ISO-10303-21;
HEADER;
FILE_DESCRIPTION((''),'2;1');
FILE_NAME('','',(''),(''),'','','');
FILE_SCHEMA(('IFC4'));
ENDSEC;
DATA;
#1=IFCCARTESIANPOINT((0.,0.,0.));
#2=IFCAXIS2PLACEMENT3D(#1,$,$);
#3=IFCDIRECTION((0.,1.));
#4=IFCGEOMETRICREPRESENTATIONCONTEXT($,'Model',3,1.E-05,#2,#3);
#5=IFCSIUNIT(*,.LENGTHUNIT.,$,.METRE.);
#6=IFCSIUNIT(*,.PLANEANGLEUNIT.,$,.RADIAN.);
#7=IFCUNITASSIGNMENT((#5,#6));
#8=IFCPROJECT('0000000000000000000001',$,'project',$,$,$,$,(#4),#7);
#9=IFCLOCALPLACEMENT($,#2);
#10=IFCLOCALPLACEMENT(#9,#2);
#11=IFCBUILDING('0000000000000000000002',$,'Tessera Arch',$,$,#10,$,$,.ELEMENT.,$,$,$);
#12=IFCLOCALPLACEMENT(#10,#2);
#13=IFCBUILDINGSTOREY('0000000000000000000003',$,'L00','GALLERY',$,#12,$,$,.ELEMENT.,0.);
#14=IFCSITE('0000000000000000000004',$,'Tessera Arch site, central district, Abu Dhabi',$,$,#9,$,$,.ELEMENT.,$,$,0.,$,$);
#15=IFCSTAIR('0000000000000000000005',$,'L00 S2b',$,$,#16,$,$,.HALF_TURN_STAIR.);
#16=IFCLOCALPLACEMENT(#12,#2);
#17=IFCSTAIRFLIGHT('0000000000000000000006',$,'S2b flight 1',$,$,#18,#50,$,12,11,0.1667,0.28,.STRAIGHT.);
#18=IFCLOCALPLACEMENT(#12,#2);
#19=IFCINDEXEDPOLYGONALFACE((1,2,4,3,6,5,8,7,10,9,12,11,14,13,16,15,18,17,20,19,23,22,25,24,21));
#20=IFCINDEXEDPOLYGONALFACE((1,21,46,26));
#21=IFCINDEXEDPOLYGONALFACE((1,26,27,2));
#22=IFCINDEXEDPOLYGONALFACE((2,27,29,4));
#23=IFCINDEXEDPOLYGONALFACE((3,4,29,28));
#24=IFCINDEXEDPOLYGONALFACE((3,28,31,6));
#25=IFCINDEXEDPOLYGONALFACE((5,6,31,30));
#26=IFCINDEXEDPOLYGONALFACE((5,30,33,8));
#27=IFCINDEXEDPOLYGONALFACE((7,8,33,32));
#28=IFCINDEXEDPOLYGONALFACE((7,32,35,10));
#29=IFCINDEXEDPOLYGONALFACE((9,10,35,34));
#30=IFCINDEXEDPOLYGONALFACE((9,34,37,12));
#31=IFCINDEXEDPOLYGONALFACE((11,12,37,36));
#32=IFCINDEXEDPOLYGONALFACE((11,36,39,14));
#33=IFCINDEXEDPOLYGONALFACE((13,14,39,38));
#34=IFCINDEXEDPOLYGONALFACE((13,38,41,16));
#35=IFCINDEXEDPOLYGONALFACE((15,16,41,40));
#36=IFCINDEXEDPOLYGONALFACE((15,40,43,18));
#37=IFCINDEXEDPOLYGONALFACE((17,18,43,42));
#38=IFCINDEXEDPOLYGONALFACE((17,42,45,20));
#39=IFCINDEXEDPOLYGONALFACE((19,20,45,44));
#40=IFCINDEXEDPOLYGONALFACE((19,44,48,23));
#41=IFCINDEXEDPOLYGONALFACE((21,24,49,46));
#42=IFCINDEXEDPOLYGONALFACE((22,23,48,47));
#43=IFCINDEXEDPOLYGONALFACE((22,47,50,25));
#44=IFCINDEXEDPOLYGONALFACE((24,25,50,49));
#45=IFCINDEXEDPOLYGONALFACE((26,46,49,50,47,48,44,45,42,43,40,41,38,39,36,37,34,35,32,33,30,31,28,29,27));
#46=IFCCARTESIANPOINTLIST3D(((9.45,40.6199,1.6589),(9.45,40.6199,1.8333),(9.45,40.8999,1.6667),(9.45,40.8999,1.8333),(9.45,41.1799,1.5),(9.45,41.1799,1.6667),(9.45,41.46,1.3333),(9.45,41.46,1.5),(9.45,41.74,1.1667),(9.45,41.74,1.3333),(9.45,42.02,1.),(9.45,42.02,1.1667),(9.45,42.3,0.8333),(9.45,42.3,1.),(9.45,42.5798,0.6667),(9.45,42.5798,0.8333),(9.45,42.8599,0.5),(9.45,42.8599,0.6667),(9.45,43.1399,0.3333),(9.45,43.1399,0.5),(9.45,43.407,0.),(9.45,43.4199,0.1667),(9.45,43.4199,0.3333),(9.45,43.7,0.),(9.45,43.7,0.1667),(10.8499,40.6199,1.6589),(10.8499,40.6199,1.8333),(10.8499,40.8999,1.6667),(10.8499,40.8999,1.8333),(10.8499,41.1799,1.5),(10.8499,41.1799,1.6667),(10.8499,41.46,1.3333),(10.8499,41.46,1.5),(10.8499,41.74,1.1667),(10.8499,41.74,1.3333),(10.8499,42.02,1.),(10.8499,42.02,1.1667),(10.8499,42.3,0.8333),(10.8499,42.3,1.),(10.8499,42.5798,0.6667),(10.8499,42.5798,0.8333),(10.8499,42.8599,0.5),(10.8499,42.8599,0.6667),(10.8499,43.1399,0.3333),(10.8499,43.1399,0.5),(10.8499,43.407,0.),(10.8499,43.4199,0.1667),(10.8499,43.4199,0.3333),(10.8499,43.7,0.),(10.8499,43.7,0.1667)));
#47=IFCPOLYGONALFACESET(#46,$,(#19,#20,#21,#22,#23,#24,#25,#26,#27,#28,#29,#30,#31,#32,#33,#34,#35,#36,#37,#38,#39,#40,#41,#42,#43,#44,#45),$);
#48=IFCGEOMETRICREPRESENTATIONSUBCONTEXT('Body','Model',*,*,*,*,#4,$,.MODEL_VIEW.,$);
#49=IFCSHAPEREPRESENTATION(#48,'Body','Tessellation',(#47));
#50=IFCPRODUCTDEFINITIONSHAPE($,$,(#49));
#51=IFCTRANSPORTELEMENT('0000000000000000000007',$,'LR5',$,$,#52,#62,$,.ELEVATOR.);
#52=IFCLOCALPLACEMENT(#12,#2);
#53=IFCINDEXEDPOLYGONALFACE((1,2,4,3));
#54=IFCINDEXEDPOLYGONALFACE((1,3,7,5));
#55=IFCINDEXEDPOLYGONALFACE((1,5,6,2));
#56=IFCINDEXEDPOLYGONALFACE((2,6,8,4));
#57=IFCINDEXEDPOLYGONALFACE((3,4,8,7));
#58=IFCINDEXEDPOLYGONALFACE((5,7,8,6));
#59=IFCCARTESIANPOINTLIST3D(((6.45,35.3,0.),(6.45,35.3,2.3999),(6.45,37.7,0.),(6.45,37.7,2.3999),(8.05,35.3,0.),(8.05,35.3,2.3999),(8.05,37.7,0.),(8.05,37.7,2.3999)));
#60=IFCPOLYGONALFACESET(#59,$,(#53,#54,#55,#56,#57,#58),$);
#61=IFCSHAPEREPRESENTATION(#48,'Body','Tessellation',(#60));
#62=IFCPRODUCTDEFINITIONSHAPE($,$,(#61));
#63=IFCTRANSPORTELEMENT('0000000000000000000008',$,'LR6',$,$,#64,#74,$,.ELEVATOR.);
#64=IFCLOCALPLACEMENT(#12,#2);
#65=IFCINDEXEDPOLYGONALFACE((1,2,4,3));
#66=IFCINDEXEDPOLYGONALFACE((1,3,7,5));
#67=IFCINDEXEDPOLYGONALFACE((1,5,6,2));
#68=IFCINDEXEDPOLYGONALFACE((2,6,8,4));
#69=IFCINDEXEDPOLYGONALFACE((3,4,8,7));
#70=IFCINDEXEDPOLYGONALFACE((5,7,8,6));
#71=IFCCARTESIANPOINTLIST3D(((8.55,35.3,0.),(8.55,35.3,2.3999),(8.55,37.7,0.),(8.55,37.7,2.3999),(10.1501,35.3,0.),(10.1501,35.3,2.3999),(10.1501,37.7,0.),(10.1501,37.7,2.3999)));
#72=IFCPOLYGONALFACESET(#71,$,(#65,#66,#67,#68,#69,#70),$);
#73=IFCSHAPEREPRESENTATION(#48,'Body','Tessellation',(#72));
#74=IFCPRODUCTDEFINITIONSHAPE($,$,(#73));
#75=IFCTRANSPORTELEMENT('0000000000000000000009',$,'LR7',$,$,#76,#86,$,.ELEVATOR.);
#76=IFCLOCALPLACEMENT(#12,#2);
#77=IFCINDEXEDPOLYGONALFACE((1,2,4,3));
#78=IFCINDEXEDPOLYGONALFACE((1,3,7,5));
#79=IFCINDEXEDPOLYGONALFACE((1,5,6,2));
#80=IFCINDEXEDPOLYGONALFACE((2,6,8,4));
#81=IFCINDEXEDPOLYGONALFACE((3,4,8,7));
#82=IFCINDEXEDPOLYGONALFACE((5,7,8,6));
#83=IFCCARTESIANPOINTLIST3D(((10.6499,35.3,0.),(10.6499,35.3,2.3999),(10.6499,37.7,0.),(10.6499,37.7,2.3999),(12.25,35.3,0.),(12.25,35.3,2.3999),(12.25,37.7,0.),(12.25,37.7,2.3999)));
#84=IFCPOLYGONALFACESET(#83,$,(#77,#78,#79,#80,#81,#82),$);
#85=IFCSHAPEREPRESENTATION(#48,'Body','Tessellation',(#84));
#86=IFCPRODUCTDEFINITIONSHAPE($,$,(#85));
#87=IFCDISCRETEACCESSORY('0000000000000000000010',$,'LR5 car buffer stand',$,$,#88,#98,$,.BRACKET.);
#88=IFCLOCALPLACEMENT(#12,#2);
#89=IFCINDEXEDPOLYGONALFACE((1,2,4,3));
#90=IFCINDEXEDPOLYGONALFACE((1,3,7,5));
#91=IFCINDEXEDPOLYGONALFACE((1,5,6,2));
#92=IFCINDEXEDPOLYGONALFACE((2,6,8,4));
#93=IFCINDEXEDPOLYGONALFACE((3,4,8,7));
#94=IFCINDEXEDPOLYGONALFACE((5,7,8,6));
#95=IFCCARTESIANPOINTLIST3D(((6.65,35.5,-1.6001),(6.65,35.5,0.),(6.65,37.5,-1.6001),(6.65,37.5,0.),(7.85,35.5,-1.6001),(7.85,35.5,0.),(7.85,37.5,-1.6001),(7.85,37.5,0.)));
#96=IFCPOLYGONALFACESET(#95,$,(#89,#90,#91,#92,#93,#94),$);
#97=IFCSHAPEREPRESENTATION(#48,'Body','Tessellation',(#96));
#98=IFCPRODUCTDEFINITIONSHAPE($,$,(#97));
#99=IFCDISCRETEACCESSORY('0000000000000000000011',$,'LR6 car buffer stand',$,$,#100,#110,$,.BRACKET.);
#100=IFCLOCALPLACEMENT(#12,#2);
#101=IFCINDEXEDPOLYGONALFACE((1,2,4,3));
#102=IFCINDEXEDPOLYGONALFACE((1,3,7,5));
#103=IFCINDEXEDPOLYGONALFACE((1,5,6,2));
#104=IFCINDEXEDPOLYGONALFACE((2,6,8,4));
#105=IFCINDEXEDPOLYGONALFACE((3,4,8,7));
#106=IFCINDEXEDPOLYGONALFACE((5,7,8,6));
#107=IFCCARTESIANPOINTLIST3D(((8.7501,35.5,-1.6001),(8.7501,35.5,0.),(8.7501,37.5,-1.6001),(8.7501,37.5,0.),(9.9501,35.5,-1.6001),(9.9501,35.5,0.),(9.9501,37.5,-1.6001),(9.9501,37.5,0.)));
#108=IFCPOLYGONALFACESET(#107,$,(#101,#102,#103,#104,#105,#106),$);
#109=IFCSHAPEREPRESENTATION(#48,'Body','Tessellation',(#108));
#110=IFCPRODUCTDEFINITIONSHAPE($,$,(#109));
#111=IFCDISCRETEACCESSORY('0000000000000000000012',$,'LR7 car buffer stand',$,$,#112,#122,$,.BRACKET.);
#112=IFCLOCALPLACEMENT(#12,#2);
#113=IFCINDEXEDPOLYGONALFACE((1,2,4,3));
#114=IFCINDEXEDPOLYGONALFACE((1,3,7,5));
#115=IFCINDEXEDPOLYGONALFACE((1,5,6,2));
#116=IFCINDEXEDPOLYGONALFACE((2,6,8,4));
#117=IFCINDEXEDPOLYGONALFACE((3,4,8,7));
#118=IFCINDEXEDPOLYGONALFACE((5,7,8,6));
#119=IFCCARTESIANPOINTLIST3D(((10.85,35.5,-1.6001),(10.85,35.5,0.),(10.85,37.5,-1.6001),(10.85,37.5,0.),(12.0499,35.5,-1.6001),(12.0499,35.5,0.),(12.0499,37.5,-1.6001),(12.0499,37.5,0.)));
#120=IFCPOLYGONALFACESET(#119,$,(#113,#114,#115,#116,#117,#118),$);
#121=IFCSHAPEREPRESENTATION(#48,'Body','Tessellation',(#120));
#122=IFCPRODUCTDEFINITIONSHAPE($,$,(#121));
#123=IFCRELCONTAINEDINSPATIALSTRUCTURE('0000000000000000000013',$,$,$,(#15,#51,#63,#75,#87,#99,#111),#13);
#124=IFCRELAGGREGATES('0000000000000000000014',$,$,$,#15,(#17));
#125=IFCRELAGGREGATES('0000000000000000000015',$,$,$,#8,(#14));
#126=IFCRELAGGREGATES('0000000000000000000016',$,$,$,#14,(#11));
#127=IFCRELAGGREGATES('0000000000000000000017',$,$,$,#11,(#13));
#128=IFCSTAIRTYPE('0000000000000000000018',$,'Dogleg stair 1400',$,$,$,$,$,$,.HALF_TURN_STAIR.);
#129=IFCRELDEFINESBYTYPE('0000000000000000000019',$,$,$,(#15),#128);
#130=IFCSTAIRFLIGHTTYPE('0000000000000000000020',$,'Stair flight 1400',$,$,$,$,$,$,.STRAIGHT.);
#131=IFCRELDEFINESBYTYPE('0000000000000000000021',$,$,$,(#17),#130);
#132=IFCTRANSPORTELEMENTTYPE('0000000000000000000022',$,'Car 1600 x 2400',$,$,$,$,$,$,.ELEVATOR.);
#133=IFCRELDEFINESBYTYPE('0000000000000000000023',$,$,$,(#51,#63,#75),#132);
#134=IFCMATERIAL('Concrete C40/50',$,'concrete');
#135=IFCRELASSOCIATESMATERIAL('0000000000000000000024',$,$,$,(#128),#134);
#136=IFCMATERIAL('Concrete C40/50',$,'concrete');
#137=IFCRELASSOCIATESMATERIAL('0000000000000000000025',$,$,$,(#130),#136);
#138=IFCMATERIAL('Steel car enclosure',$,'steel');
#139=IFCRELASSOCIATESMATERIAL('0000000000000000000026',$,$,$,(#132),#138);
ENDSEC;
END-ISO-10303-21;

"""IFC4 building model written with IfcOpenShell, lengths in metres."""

from ifc_helpers import new_model, si_unit, direction, frame, origin, origin_2d, place, context, subcontext, project, spatial, polyline, rectangle, outline, extrude, material, type_object, element, aggregate, save


model = new_model("IFC4")

# Units and contexts
model_context = context("Model", 3, precision=1e-05, world=origin(), true_north=direction((0.0, 1.0)))
body_context = subcontext(model_context, "Body", "Model", "MODEL_VIEW")
ifc_project = project(units=[si_unit("LENGTHUNIT", "METRE"), si_unit("PLANEANGLEUNIT", "RADIAN")], contexts=[model_context])

# Site, building, storey
site_placement = place(None, origin())
site = spatial("IfcSite", under=ifc_project, at=site_placement, Name="Tessera Arch site, central district, Abu Dhabi", CompositionType="ELEMENT", RefElevation=0.0)
building_placement = place(site_placement, origin())
building = spatial("IfcBuilding", under=site, at=building_placement, Name="Tessera Arch", CompositionType="ELEMENT")
storey_placement = place(building_placement, origin())
storey = spatial("IfcBuildingStorey", under=building, at=storey_placement, Name="L00", Description="GALLERY", CompositionType="ELEMENT", Elevation=0.0)

# Stair, stair flight
ifc_material_1 = material(Name="Concrete C40/50", Category="concrete")
stair_type = type_object("IfcStairType", Name="Dogleg stair 1400", PredefinedType="HALF_TURN_STAIR", material=ifc_material_1)
ifc_material_2 = material(Name="Concrete C40/50", Category="concrete")
stair_flight_type = type_object("IfcStairFlightType", Name="Stair flight 1400", PredefinedType="STRAIGHT", material=ifc_material_2)
stair_1_placement = place(storey_placement, origin())
stair_1 = element("IfcStair", 1, at=stair_1_placement, inside=storey, type_object=stair_type, Name="L00 S2b", PredefinedType="HALF_TURN_STAIR")
stair_flight_1_placement = place(storey_placement, frame((10.1499, 43.7, 0.0), z_axis=(0.0, 0.0, 1.0), x_axis=(0.0, -1.0, 0.0)))
stair_flight_1 = element("IfcStairFlight", 2, at=stair_flight_1_placement, type_object=stair_flight_type, Name="S2b flight 1", NumberOfRisers=12, NumberOfTreads=11, PredefinedType="STRAIGHT", RiserHeight=0.1667, TreadLength=0.28, context=body_context, shape_type="SweptSolid", body=[
    extrude(outline(polyline([(0.0, 0.0), (0.0, 0.1667), (0.28, 0.1667), (0.28, 0.3333), (0.5601, 0.3333), (0.5601, 0.5), (0.8401, 0.5), (0.8401, 0.6667), (1.1201, 0.6667), (1.1201, 0.8333), (1.3999, 0.8333), (1.3999, 1.0), (1.6799, 1.0), (1.6799, 1.1667), (1.96, 1.1667), (1.96, 1.3333), (2.24, 1.3333), (2.24, 1.5), (2.52, 1.5), (2.52, 1.6667), (2.8, 1.6667), (2.8, 1.8333), (3.0801, 1.8333), (3.0801, 2.0), (3.0801, 1.6589), (0.293, 0.0), (0.0, 0.0)])), frame((0.0, 0.7, 0.0), z_axis=(0.0, -1.0, 0.0), x_axis=(1.0, 0.0, 0.0)), (0.0, 0.0, 1.0), 1.3999),
])
aggregate(stair_1, [stair_flight_1])

# Transport elements
ifc_material_3 = material(Name="Steel car enclosure", Category="steel")
transport_element_type = type_object("IfcTransportElementType", Name="Car 1600 x 2400", PredefinedType="ELEVATOR", material=ifc_material_3)
for number, where, z_axis, x_axis, name in (
    (3, (7.25, 36.5, 0.0), (0.0, 0.0, 1.0), (1.0, 0.0, 0.0), "LR5"),
    (4, (9.3501, 36.5, 0.0), (0.0, 0.0, 1.0), (1.0, 0.0, 0.0), "LR6"),
    (5, (11.45, 36.5, 0.0), (0.0, 0.0, 1.0), (1.0, 0.0, 0.0), "LR7"),
):
    element("IfcTransportElement", number, at=place(storey_placement, frame(where, z_axis=z_axis, x_axis=x_axis)), inside=storey, type_object=transport_element_type, Name=name, PredefinedType="ELEVATOR", context=body_context, shape_type="SweptSolid", body=[
        extrude(rectangle(XDim=1.6001, YDim=2.3999, at=origin_2d()), origin(), (0.0, 0.0, 1.0), 2.3999),
    ])

# Discrete accessories
for number, where, z_axis, x_axis, name in (
    (6, (7.25, 36.5, -1.6001), (0.0, 0.0, 1.0), (1.0, 0.0, 0.0), "LR5 car buffer stand"),
    (7, (9.3501, 36.5, -1.6001), (0.0, 0.0, 1.0), (1.0, 0.0, 0.0), "LR6 car buffer stand"),
    (8, (11.45, 36.5, -1.6001), (0.0, 0.0, 1.0), (1.0, 0.0, 0.0), "LR7 car buffer stand"),
):
    element("IfcDiscreteAccessory", number, at=place(storey_placement, frame(where, z_axis=z_axis, x_axis=x_axis)), inside=storey, Name=name, PredefinedType="BRACKET", context=body_context, shape_type="SweptSolid", body=[
        extrude(rectangle(XDim=1.2, YDim=2.0, at=origin_2d()), origin(), (0.0, 0.0, 1.0), 1.6001),
    ])

save(model, "model.ifc")
